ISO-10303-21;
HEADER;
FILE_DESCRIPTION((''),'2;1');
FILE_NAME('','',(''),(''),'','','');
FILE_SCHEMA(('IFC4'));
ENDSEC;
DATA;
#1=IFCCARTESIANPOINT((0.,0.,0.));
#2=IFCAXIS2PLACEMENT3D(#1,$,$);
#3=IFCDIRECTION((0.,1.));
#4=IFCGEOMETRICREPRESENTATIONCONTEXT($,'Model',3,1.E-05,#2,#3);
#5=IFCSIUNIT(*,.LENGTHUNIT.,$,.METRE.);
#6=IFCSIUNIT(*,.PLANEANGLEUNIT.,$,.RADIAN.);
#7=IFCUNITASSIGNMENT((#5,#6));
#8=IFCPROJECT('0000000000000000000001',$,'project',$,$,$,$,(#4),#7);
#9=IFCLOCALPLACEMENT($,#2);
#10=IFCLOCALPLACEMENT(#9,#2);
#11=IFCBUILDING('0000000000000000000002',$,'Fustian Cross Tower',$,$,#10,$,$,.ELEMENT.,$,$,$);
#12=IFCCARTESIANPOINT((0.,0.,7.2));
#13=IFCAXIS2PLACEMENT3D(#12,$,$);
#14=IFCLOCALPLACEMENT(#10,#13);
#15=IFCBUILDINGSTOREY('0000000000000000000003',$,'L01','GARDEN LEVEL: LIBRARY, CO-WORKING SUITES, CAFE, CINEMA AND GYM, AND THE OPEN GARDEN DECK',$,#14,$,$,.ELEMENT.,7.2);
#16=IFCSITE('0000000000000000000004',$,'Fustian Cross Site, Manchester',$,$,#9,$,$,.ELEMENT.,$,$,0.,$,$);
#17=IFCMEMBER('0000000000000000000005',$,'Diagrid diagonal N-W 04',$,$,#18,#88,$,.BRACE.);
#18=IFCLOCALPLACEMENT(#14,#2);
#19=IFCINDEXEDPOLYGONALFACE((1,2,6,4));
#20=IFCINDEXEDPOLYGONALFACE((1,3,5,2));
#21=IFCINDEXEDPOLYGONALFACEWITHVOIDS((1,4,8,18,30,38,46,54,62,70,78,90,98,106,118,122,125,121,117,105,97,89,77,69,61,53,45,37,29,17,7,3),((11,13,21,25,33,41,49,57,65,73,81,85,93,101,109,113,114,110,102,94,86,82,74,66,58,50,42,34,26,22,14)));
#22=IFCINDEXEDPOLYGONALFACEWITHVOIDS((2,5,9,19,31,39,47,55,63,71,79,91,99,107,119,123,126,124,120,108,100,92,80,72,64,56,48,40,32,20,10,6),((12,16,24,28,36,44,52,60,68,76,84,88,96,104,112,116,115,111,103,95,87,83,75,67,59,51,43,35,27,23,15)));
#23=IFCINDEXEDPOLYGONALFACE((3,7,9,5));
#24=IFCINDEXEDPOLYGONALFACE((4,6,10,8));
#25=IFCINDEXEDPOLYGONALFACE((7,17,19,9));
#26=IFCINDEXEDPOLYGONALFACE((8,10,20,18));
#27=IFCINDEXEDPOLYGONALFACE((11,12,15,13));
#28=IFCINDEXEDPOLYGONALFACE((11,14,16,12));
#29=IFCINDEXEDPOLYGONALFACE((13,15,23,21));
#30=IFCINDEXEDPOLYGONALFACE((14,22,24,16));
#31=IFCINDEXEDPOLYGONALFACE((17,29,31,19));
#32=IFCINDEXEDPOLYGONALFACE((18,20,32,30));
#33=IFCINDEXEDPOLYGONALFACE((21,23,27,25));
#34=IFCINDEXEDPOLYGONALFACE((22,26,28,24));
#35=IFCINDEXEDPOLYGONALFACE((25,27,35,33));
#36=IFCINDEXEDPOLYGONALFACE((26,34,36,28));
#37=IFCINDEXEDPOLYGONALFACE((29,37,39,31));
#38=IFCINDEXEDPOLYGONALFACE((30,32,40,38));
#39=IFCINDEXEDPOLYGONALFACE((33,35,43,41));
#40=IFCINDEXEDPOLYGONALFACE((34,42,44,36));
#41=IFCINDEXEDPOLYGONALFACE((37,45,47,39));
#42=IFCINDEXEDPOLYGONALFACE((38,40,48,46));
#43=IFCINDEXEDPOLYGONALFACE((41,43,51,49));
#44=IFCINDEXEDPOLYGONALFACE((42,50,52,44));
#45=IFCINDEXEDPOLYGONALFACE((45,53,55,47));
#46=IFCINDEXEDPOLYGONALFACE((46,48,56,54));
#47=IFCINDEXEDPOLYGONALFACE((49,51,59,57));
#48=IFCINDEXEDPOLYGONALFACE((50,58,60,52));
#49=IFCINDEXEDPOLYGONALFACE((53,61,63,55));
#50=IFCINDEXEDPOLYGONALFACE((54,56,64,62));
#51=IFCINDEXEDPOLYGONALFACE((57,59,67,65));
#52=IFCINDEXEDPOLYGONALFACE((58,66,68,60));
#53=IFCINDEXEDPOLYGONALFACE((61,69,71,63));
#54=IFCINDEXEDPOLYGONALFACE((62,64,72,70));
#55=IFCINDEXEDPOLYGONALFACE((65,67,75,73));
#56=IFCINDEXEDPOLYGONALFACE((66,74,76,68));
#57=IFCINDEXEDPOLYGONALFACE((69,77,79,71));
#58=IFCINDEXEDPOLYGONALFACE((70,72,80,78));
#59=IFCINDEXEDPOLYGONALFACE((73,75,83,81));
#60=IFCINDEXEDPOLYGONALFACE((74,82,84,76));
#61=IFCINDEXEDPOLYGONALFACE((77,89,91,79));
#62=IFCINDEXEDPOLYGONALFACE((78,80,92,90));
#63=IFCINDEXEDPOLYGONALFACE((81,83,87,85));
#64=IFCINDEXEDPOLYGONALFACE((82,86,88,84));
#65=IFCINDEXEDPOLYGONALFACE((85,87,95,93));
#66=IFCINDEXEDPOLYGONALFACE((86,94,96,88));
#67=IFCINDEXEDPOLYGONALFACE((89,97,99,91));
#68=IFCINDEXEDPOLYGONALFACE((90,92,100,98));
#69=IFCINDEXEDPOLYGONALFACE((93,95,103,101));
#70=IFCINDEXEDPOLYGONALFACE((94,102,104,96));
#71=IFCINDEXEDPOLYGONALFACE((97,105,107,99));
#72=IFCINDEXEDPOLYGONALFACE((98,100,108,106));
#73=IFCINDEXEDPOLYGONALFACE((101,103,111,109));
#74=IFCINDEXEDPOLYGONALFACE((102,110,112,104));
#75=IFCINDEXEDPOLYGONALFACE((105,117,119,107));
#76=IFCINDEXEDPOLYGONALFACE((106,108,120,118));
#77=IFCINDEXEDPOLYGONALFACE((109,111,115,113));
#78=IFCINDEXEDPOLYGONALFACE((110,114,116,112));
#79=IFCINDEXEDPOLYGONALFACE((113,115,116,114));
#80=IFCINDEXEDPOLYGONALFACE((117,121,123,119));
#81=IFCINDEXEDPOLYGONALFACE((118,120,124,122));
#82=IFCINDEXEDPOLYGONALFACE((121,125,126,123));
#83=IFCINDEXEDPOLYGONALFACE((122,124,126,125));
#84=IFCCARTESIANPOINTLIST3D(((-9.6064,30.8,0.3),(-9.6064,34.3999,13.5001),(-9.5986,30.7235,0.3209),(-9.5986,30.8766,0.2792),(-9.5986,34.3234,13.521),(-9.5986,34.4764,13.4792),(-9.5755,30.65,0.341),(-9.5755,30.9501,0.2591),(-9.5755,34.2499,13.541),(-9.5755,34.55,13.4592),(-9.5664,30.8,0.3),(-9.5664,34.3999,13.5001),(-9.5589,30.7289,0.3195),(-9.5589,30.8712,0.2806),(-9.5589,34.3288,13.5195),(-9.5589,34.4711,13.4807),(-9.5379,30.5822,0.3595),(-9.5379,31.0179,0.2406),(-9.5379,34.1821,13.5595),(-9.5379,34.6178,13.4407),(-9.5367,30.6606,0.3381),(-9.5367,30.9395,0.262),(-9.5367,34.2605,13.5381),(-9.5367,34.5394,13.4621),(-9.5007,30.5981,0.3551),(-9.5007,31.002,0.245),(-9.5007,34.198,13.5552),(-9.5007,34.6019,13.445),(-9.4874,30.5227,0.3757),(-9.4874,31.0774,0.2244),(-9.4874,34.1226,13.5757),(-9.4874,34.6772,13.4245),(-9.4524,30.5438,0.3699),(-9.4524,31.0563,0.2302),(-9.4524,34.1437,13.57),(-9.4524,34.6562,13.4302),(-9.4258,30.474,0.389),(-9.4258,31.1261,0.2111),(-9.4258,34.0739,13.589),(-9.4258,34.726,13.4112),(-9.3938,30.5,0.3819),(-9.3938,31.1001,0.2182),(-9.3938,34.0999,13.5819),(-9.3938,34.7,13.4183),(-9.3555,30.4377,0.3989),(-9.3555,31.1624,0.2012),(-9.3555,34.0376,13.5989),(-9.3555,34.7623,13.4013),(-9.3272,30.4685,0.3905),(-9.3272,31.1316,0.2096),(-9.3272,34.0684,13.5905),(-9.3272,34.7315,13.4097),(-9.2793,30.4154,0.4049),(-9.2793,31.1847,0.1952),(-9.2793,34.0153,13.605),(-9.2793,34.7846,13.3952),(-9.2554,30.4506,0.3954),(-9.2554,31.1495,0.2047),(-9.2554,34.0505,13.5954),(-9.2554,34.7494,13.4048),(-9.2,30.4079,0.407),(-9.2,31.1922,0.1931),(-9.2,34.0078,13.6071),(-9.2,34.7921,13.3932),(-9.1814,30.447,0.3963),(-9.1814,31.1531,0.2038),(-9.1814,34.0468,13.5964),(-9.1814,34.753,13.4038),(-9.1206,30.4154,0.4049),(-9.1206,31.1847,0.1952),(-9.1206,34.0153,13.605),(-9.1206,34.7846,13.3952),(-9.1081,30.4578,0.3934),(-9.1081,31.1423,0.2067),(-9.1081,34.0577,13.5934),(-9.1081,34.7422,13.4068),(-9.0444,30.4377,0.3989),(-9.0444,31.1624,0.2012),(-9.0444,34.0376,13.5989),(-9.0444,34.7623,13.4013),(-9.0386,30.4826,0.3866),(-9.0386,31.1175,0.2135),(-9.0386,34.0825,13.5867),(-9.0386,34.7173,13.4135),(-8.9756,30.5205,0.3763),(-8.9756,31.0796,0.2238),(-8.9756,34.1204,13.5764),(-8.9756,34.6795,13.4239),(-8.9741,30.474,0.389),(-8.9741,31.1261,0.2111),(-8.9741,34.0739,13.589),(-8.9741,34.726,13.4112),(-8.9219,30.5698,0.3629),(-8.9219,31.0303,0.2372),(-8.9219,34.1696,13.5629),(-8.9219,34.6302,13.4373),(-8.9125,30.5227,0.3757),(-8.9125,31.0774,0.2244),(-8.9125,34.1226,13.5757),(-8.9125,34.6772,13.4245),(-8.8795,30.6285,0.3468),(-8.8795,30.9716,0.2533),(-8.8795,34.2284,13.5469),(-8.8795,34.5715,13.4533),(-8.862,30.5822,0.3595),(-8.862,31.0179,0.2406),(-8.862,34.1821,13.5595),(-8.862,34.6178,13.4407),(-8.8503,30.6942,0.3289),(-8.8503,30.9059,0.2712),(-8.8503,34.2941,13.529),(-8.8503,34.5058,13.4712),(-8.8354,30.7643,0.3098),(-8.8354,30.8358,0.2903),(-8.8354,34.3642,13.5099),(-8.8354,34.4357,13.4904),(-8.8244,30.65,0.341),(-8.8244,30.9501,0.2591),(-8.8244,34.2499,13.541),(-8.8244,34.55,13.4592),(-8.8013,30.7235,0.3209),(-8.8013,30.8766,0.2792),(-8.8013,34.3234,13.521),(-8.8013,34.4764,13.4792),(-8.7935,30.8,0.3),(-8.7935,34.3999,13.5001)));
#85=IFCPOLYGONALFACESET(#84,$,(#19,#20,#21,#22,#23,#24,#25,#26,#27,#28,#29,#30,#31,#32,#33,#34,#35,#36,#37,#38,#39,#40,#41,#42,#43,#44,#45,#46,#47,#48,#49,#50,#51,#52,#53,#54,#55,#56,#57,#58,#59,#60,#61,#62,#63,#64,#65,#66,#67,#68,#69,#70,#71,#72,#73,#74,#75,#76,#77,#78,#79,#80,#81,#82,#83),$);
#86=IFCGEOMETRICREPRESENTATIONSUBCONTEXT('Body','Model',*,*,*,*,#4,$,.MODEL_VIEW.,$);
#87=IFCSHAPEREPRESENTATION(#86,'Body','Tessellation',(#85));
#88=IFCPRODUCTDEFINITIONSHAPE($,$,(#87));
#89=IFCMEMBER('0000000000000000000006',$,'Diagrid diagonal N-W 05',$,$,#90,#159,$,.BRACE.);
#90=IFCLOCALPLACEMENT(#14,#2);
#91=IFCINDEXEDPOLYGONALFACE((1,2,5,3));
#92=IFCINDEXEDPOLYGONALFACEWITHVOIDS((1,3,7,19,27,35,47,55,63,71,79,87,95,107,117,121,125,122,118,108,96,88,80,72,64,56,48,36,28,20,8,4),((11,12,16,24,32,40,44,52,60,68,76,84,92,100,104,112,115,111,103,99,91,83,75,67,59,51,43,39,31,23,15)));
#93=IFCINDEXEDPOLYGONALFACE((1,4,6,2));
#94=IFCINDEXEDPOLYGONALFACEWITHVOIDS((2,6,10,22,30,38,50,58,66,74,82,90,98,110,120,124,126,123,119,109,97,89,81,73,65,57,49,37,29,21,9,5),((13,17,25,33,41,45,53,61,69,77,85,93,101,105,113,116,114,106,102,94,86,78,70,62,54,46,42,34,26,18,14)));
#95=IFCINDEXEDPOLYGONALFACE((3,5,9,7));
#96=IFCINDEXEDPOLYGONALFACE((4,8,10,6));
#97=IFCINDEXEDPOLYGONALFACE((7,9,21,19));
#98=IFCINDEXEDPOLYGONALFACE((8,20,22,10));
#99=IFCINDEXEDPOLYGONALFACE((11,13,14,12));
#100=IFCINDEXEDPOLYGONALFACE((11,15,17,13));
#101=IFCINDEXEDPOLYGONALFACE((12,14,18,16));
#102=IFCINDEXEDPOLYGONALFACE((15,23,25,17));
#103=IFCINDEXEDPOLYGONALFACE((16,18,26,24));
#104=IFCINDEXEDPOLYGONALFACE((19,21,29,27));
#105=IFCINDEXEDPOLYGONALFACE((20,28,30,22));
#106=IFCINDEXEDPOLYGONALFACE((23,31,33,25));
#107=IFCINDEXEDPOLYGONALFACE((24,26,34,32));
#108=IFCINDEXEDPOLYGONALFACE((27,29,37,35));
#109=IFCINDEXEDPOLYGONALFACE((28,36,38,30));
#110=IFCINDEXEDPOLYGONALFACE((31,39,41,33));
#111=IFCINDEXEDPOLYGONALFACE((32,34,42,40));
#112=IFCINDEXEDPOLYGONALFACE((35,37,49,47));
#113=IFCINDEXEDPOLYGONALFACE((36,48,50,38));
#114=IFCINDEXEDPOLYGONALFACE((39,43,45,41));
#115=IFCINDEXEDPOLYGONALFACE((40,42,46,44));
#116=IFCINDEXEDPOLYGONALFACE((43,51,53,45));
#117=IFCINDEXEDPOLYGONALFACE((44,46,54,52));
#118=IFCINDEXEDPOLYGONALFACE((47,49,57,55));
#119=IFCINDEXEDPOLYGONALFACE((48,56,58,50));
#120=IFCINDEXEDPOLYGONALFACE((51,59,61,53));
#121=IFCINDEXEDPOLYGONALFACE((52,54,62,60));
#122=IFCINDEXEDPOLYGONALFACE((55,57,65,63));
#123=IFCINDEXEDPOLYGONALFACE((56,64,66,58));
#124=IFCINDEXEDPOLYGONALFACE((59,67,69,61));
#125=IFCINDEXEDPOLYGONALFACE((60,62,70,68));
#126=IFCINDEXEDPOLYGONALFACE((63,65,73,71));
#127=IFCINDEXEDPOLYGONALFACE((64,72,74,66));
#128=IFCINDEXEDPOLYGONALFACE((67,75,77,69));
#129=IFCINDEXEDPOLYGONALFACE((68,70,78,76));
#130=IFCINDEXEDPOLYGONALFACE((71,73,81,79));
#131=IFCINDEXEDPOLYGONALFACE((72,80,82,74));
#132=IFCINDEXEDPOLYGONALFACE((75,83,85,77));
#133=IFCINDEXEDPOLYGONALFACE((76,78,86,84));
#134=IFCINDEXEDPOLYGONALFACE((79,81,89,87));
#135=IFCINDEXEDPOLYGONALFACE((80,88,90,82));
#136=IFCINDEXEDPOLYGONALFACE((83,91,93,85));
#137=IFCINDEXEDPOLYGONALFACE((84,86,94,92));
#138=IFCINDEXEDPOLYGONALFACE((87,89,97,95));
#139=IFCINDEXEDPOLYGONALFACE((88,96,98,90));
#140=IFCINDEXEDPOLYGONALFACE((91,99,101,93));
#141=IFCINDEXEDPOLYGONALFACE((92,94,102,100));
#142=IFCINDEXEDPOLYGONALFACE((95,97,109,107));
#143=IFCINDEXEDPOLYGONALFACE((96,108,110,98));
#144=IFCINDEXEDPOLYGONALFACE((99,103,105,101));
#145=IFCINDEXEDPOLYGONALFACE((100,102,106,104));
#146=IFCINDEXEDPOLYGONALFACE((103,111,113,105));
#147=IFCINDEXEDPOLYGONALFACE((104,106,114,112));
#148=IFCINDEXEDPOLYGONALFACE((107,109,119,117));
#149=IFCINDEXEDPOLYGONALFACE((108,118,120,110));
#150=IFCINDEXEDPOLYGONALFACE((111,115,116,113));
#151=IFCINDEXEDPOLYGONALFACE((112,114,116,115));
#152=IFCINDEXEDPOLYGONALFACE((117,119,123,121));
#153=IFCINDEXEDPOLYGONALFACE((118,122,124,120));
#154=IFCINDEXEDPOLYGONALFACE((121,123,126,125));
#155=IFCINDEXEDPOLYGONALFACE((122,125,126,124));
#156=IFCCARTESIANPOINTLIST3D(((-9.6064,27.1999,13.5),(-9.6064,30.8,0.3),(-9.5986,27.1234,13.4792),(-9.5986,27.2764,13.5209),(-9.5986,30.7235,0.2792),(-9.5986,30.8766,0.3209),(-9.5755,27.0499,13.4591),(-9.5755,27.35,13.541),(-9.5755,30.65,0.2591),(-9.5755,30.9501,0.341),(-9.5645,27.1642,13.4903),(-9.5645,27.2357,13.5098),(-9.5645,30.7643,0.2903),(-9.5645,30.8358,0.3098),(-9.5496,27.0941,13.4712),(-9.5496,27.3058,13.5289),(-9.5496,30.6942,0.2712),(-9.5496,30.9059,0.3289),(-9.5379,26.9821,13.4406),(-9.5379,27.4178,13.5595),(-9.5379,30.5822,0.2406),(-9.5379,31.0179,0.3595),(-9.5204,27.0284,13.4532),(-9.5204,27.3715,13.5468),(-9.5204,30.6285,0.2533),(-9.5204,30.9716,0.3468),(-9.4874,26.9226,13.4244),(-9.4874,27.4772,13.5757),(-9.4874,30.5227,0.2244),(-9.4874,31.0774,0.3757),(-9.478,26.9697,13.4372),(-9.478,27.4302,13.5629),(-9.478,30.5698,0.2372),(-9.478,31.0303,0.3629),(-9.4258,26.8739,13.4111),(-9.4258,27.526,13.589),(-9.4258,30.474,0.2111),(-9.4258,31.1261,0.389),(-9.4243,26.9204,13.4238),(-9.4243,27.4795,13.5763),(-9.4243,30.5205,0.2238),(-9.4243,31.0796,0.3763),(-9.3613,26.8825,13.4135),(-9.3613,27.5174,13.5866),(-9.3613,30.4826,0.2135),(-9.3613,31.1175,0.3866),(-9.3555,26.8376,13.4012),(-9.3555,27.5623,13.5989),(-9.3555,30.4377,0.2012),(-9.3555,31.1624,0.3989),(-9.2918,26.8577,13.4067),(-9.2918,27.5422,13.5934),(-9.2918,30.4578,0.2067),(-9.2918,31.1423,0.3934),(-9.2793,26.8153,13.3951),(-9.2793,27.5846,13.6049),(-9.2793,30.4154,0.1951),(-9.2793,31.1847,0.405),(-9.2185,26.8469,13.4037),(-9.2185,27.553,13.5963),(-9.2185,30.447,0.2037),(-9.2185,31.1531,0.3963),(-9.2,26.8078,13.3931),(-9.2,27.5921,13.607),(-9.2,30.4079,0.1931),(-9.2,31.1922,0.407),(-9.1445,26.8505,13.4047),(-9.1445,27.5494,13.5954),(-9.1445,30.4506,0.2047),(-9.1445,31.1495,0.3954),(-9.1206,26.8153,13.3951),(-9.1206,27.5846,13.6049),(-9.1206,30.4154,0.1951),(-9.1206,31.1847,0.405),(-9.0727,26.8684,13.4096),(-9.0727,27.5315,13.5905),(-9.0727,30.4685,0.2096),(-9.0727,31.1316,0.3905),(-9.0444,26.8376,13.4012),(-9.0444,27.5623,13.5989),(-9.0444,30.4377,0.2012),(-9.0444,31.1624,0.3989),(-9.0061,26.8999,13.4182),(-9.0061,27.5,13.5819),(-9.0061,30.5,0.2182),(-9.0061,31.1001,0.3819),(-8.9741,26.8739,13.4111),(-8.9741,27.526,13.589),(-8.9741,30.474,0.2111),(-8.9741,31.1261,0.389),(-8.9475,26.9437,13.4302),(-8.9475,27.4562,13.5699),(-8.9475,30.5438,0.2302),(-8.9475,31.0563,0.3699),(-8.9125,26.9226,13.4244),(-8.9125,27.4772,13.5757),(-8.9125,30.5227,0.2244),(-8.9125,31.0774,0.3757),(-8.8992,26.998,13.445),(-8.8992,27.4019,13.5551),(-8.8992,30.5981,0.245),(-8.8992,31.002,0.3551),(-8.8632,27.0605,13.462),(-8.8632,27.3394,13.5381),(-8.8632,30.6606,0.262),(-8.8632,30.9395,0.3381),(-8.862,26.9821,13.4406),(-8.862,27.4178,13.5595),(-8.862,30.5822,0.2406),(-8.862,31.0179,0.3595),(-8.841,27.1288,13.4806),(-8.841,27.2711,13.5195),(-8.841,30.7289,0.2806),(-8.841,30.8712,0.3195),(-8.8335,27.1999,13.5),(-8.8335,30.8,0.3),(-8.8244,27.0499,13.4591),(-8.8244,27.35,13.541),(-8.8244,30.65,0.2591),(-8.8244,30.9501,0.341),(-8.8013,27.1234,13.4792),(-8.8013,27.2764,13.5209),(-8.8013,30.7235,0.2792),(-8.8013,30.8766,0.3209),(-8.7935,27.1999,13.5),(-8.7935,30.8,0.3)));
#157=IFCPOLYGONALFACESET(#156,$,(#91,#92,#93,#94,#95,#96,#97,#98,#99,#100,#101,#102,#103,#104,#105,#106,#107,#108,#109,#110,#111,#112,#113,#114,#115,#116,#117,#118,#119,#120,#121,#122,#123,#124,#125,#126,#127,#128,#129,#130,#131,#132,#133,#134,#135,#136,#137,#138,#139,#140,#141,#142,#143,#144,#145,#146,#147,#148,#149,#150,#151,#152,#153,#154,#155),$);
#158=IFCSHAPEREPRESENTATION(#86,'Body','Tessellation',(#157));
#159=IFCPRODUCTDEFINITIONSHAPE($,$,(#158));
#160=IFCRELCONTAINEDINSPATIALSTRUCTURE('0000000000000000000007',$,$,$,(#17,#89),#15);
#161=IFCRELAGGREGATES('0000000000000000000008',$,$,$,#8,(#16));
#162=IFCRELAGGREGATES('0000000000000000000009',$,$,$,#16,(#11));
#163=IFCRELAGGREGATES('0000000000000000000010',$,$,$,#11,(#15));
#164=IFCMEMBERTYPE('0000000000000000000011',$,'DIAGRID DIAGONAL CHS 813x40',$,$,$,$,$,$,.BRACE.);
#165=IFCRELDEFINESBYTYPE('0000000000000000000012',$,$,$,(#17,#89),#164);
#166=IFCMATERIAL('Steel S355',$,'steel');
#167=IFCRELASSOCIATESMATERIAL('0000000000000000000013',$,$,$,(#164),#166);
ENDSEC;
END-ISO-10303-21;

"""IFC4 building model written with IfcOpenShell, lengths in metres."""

from ifc_helpers import new_model, si_unit, direction, frame, origin, origin_2d, place, context, subcontext, project, spatial, hollow_circle, extrude, material, material_profile, profile_set, type_object, element, save


model = new_model("IFC4")

# Units and contexts
model_context = context("Model", 3, precision=1e-05, world=origin(), true_north=direction((0.0, 1.0)))
body_context = subcontext(model_context, "Body", "Model", "MODEL_VIEW")
ifc_project = project(units=[si_unit("LENGTHUNIT", "METRE"), si_unit("PLANEANGLEUNIT", "RADIAN")], contexts=[model_context])

# Site, building, storey
site_placement = place(None, origin())
site = spatial("IfcSite", under=ifc_project, at=site_placement, Name="Fustian Cross Site, Manchester", CompositionType="ELEMENT", RefElevation=0.0)
building_placement = place(site_placement, origin())
building = spatial("IfcBuilding", under=site, at=building_placement, Name="Fustian Cross Tower", CompositionType="ELEMENT")
storey_placement = place(building_placement, frame((0.0, 0.0, 7.2)))
storey = spatial("IfcBuildingStorey", under=building, at=storey_placement, Name="L01", Description="GARDEN LEVEL: LIBRARY, CO-WORKING SUITES, CAFE, CINEMA AND GYM, AND THE OPEN GARDEN DECK", CompositionType="ELEMENT", Elevation=7.2)

# Members
ifc_material_1 = material(Name="Steel S355", Category="steel")
ifc_material_profile_1 = material_profile(ifc_material_1, hollow_circle(Radius=0.4065, WallThickness=0.04, at=origin_2d()), Name="CHS 813x40")
ifc_profile_set_1 = profile_set([ifc_material_profile_1], Name="Steel S355")
member_type_1 = type_object("IfcMemberType", Name="DIAGRID DIAGONAL CHS 813x40", PredefinedType="BRACE", material=ifc_profile_set_1)
for number, where, z_axis, x_axis, name in (
    (1, (-9.2, 30.8, 0.3), (0.0, 0.263108, 0.964766), (-1.0, 0.0, 0.0), "Diagrid diagonal N-W 04"),
    (2, (-9.2, 30.8, 0.3), (0.0, -0.263125, 0.964762), (1.0, 0.0, 0.0), "Diagrid diagonal N-W 05"),
):
    element("IfcMember", number, at=place(storey_placement, frame(where, z_axis=z_axis, x_axis=x_axis)), inside=storey, type_object=member_type_1, Name=name, PredefinedType="BRACE", context=body_context, shape_type="SweptSolid", body=[
        extrude(hollow_circle(Radius=0.4065, WallThickness=0.04, at=origin_2d()), origin(), (0.0, 0.0, 1.0), 13.6821),
    ])

save(model, "model.ifc")
